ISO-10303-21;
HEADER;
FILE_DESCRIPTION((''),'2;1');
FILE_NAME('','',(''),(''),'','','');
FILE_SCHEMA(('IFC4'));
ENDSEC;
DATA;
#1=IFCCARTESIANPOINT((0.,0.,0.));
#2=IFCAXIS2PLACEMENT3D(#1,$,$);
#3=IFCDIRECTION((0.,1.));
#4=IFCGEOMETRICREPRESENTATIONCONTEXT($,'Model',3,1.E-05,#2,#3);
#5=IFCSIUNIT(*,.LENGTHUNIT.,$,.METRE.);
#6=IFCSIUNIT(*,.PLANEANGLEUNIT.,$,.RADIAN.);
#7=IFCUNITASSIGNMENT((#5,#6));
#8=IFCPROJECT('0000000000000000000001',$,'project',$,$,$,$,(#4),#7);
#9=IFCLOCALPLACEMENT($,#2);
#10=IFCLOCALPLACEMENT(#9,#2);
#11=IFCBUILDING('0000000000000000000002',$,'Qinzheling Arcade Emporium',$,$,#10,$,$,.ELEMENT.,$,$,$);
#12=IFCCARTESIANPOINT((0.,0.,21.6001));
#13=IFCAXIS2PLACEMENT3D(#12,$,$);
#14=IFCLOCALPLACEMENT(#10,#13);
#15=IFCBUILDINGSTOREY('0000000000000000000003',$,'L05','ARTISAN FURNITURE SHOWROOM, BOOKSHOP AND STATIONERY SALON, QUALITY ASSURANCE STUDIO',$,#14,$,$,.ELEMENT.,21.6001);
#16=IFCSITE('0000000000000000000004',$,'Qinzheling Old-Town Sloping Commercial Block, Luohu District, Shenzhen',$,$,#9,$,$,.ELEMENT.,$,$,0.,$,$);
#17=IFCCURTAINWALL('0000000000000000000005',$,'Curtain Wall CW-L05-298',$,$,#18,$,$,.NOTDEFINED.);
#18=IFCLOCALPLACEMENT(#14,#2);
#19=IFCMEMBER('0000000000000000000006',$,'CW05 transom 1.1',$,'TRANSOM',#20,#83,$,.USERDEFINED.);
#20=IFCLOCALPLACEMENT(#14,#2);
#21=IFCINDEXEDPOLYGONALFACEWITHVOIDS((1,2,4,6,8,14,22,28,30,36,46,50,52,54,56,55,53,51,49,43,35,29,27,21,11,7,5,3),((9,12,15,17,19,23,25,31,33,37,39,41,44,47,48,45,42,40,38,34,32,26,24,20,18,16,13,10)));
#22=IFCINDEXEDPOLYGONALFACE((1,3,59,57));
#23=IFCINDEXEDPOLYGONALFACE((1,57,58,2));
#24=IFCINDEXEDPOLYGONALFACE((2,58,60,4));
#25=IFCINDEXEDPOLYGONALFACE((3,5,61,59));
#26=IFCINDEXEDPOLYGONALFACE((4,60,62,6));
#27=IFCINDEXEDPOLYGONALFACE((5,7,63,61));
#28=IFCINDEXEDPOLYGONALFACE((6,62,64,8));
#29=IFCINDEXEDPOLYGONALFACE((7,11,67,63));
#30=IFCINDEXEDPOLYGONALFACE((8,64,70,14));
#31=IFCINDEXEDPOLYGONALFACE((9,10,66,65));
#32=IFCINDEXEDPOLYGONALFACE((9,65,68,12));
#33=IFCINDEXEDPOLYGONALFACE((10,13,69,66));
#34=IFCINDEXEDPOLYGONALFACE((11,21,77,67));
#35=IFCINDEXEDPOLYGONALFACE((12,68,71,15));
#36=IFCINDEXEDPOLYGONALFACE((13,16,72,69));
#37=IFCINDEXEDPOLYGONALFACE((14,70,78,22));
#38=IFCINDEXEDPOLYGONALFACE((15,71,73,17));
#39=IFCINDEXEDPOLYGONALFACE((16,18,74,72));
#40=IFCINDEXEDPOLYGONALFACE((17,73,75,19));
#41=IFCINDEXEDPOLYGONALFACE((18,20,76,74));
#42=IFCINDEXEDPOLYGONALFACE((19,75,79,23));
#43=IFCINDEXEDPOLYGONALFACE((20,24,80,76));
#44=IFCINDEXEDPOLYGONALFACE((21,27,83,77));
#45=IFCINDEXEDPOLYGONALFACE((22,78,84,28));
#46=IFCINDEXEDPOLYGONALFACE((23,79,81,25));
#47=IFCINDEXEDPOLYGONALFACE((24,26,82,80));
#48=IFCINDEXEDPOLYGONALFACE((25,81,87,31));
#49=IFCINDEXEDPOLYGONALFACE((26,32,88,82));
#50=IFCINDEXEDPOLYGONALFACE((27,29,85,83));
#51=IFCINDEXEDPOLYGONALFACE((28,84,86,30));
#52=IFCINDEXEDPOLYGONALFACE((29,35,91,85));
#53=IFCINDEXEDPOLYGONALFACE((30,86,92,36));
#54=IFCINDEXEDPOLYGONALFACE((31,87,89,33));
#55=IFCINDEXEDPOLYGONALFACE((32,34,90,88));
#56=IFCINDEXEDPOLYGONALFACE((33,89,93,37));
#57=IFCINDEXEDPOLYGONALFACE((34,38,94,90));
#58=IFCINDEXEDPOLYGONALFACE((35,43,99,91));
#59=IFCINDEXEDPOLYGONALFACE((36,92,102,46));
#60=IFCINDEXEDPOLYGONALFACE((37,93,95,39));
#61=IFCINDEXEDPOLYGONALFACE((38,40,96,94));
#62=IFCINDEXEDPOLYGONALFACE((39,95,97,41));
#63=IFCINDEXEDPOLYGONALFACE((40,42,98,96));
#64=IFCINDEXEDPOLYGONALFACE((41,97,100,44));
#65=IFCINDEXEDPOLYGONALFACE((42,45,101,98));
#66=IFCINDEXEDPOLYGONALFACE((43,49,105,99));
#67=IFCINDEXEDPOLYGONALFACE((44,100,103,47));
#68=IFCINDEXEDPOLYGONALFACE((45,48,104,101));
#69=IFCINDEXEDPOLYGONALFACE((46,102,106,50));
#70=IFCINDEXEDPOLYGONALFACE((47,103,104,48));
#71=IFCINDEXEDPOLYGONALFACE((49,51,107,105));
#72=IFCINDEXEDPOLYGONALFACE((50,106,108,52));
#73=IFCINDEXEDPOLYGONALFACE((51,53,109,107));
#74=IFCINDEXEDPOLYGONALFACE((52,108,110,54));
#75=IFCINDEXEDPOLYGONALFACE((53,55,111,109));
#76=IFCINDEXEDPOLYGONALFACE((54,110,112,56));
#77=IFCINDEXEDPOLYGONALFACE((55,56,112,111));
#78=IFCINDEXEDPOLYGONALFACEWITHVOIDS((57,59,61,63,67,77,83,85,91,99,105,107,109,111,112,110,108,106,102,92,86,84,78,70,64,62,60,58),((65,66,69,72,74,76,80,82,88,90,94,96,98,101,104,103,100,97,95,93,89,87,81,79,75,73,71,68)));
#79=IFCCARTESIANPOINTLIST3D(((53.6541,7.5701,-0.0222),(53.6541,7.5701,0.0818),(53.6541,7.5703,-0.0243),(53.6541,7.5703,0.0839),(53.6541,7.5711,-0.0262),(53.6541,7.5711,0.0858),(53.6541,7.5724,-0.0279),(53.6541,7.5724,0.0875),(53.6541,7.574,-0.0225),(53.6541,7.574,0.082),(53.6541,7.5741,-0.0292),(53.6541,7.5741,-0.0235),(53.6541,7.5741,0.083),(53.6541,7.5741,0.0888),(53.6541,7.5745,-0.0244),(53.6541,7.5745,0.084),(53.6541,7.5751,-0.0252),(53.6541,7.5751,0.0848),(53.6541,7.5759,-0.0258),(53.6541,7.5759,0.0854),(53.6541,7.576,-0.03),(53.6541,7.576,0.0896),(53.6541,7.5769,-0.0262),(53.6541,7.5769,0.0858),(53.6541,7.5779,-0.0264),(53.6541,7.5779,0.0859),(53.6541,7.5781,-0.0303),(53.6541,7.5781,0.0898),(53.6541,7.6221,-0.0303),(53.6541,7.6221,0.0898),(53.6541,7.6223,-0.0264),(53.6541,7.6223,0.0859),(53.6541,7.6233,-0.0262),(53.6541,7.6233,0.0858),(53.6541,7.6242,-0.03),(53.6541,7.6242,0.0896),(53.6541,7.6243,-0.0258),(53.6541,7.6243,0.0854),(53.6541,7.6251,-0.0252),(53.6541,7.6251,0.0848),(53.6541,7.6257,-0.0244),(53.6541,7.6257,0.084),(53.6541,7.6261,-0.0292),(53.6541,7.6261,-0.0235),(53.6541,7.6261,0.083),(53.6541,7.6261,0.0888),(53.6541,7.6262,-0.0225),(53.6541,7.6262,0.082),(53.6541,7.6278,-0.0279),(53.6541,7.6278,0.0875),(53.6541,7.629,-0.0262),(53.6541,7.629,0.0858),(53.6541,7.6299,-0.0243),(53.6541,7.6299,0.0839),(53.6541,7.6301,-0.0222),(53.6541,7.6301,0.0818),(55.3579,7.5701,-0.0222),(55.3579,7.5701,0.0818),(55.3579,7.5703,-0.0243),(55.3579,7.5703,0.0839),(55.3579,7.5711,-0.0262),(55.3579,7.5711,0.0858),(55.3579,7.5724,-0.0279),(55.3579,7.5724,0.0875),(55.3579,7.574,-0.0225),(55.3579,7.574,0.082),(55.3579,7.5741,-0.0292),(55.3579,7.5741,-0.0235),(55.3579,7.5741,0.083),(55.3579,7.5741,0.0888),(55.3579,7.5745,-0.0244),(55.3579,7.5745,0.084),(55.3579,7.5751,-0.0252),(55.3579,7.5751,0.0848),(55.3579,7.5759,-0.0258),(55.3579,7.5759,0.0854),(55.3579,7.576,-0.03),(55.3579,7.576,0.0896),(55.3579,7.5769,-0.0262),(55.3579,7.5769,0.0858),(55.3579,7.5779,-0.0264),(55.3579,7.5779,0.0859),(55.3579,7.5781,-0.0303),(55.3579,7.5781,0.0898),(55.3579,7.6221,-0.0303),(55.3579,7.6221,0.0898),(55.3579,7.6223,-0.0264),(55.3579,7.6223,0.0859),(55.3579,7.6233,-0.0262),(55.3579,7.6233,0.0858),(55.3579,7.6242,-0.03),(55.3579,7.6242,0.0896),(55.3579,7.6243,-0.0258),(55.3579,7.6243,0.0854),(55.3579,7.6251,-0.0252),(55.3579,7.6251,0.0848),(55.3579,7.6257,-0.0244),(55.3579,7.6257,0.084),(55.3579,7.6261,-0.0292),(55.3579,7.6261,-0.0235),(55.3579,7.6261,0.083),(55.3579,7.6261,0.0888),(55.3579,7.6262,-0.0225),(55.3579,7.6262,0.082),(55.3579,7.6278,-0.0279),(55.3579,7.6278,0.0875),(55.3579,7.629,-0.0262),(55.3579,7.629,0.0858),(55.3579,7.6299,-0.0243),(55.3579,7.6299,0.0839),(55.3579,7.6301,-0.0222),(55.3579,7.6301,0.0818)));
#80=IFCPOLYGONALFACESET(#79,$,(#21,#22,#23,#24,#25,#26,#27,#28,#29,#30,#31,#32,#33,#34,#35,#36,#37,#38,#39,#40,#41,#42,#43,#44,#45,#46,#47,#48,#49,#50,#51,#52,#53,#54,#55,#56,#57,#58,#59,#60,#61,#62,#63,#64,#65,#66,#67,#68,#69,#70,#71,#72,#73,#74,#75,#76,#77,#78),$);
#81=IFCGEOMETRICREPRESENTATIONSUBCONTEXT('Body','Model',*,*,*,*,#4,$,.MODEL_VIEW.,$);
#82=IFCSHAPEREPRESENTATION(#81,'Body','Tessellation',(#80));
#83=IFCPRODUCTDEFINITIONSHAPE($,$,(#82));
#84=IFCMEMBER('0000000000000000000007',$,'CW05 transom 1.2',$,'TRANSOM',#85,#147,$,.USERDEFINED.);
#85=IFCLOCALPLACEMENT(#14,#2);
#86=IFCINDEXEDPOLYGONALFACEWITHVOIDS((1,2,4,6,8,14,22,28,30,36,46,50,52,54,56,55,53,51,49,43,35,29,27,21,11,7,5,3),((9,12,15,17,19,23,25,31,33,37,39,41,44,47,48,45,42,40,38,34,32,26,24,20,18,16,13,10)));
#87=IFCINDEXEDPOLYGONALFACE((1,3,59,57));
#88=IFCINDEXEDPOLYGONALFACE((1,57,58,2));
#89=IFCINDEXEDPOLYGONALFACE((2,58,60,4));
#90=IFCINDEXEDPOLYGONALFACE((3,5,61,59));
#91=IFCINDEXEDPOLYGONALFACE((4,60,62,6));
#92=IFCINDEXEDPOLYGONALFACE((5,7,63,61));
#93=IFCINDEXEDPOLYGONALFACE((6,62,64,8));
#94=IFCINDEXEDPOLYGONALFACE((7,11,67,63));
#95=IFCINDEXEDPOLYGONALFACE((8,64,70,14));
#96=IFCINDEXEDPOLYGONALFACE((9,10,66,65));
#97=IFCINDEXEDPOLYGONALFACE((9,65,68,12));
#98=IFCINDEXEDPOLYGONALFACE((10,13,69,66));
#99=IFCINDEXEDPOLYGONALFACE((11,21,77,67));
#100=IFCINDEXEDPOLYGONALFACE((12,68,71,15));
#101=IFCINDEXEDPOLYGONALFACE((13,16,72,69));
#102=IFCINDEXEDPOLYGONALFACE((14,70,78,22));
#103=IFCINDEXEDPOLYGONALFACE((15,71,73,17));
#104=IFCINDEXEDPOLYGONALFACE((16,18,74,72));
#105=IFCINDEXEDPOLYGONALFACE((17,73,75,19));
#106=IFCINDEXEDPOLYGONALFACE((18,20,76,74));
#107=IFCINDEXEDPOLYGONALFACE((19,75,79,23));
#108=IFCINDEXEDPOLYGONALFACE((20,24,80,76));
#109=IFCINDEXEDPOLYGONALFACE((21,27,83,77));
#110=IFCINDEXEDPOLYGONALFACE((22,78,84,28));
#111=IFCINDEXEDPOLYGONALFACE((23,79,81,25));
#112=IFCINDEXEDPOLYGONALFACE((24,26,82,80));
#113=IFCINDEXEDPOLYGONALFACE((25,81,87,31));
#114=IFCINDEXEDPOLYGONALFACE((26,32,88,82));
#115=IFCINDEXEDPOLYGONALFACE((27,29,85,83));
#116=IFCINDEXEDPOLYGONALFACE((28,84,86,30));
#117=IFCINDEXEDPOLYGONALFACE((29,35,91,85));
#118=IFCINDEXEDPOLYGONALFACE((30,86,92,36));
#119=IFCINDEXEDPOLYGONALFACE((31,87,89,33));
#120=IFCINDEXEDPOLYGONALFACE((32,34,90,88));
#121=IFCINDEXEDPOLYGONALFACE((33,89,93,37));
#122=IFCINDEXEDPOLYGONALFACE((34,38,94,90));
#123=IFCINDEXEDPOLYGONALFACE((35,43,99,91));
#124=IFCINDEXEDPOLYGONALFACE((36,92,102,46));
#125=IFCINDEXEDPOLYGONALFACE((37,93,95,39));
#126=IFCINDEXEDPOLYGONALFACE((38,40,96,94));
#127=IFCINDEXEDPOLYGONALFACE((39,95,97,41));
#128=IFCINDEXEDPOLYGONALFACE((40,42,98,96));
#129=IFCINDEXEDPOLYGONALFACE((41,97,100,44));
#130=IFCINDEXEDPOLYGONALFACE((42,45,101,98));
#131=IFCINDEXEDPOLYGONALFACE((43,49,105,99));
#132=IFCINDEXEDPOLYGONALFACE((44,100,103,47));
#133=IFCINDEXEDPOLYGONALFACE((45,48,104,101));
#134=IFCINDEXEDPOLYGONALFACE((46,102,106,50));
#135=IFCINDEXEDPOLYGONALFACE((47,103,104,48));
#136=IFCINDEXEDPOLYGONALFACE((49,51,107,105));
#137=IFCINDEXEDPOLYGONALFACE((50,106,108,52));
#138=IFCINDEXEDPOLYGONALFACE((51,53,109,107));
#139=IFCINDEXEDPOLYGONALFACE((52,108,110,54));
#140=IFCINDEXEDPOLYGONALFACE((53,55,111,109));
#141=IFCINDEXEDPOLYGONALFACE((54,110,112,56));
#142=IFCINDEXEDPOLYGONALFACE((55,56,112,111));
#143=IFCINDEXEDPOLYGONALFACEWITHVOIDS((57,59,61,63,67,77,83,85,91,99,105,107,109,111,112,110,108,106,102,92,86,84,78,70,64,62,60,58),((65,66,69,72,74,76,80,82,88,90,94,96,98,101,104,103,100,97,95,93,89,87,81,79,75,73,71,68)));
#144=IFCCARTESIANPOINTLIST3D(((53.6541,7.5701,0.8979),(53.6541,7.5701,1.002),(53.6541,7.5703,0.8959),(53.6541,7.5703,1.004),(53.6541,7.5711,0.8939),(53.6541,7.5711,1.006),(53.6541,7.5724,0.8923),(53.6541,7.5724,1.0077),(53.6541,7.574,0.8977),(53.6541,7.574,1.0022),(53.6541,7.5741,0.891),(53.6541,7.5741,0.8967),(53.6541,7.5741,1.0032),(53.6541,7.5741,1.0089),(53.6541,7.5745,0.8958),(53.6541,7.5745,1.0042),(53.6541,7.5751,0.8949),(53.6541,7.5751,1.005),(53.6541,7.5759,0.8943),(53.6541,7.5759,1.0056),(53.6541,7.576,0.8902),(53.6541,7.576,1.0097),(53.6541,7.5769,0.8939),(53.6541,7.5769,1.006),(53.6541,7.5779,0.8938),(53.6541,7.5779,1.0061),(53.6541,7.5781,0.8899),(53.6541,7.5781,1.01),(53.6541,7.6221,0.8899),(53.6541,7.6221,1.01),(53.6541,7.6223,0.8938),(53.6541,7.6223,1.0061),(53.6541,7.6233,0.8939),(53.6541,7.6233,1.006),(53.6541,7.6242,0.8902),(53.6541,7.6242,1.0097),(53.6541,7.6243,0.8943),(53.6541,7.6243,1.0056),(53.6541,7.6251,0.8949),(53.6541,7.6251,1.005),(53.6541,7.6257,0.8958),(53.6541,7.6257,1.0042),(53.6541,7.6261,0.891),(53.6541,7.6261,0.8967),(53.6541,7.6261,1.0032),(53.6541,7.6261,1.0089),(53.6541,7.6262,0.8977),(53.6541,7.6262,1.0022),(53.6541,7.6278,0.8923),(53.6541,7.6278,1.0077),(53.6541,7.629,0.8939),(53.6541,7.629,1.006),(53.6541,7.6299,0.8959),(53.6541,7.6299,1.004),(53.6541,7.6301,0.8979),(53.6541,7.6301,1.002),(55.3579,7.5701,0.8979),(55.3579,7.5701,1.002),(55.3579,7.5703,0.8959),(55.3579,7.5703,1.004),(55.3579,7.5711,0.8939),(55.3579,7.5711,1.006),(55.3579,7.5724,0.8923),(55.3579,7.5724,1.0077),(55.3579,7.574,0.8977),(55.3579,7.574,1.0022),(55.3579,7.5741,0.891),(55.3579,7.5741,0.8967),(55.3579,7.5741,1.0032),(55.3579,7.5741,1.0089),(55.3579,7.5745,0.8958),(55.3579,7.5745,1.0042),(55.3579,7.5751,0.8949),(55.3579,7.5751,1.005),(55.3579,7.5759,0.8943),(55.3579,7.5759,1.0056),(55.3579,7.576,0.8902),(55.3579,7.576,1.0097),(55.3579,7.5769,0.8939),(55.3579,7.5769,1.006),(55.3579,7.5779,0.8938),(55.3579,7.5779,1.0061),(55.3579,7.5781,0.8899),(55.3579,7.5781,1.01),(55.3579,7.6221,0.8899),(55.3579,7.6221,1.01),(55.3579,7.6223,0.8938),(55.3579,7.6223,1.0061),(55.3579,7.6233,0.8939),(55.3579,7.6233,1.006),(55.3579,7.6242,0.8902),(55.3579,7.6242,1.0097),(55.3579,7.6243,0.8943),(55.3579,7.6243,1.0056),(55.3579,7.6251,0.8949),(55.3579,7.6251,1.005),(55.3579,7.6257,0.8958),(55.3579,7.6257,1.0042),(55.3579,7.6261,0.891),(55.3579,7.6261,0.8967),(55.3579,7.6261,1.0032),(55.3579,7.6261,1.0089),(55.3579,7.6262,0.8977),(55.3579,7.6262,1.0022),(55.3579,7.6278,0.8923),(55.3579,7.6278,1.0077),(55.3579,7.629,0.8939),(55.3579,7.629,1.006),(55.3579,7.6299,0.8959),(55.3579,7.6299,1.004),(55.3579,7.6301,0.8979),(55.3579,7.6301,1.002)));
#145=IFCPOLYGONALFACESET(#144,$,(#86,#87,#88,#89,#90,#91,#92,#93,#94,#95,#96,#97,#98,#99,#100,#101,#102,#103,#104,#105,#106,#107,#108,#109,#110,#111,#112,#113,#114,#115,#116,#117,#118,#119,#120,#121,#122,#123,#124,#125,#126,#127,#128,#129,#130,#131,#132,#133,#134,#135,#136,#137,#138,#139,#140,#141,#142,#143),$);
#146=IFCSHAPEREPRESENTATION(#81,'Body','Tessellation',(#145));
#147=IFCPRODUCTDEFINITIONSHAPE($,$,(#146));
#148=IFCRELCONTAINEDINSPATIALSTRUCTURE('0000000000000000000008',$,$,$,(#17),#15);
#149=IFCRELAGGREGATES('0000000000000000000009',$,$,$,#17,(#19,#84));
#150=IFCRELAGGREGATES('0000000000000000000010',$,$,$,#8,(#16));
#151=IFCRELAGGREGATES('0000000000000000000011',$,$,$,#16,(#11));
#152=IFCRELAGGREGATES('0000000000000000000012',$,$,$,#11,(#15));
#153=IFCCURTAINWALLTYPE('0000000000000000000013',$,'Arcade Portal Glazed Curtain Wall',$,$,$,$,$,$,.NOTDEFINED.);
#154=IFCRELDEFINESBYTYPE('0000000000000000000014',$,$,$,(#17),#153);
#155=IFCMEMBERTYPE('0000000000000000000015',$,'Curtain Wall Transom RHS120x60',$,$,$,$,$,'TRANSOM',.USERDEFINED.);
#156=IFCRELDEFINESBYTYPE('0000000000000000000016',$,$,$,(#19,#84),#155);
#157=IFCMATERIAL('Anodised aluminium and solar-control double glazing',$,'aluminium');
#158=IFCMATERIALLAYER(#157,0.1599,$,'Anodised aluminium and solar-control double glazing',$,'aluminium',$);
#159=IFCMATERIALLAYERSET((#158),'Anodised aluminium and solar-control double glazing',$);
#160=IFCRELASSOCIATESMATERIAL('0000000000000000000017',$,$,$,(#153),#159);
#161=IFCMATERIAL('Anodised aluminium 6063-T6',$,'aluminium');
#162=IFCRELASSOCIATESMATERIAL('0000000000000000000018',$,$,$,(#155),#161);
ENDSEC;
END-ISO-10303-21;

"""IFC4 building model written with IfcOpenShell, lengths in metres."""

from ifc_helpers import new_model, si_unit, direction, frame, origin, origin_2d, place, context, subcontext, project, spatial, hollow_rectangle, extrude, material, layer, layer_set, material_profile, profile_set, type_object, element, aggregate, save


model = new_model("IFC4")

# Units and contexts
model_context = context("Model", 3, precision=1e-05, world=origin(), true_north=direction((0.0, 1.0)))
body_context = subcontext(model_context, "Body", "Model", "MODEL_VIEW")
ifc_project = project(units=[si_unit("LENGTHUNIT", "METRE"), si_unit("PLANEANGLEUNIT", "RADIAN")], contexts=[model_context])

# Site, building, storey
site_placement = place(None, origin())
site = spatial("IfcSite", under=ifc_project, at=site_placement, Name="Qinzheling Old-Town Sloping Commercial Block, Luohu District, Shenzhen", CompositionType="ELEMENT", RefElevation=0.0)
building_placement = place(site_placement, origin())
building = spatial("IfcBuilding", under=site, at=building_placement, Name="Qinzheling Arcade Emporium", CompositionType="ELEMENT")
storey_placement = place(building_placement, frame((0.0, 0.0, 21.6001)))
storey = spatial("IfcBuildingStorey", under=building, at=storey_placement, Name="L05", Description="ARTISAN FURNITURE SHOWROOM, BOOKSHOP AND STATIONERY SALON, QUALITY ASSURANCE STUDIO", CompositionType="ELEMENT", Elevation=21.6001)

# Curtain wall, members
ifc_material_1 = material(Name="Anodised aluminium and solar-control double glazing", Category="aluminium")
ifc_layer_1 = layer(ifc_material_1, 0.1599, Name="Anodised aluminium and solar-control double glazing", Category="aluminium")
ifc_layer_set_1 = layer_set([ifc_layer_1], Name="Anodised aluminium and solar-control double glazing")
curtain_wall_type = type_object("IfcCurtainWallType", Name="Arcade Portal Glazed Curtain Wall", PredefinedType="NOTDEFINED", material=ifc_layer_set_1)
curtain_wall_placement = place(storey_placement, origin())
curtain_wall = element("IfcCurtainWall", 1, at=curtain_wall_placement, inside=storey, type_object=curtain_wall_type, Name="Curtain Wall CW-L05-298", PredefinedType="NOTDEFINED")
ifc_material_2 = material(Name="Anodised aluminium 6063-T6", Category="aluminium")
ifc_material_profile_1 = material_profile(ifc_material_2, hollow_rectangle(XDim=0.0601, YDim=0.1201, WallThickness=0.0039, InnerFilletRadius=0.0039, OuterFilletRadius=0.0081, at=origin_2d()), Name="RHS 120x60x4", Category="aluminium")
ifc_profile_set_1 = profile_set([ifc_material_profile_1], Name="Anodised aluminium 6063-T6")
member_type_1 = type_object("IfcMemberType", Name="Curtain Wall Transom RHS120x60", ElementType="TRANSOM", PredefinedType="USERDEFINED", material=ifc_profile_set_1)
member_1_placement = place(storey_placement, frame((55.3579, 7.6001, 0.0298), z_axis=(-1.0, 0.0, 0.0), x_axis=(0.0, -1.0, 0.0)))
member_1 = element("IfcMember", 2, at=member_1_placement, type_object=member_type_1, Name="CW05 transom 1.1", ObjectType="TRANSOM", PredefinedType="USERDEFINED", context=body_context, shape_type="SweptSolid", body=[
    extrude(hollow_rectangle(XDim=0.0601, YDim=0.1201, WallThickness=0.0039, InnerFilletRadius=0.0039, OuterFilletRadius=0.0081, at=origin_2d()), origin(), (0.0, 0.0, 1.0), 1.7039),
])
member_2_placement = place(storey_placement, frame((55.3579, 7.6001, 0.95), z_axis=(-1.0, 0.0, 0.0), x_axis=(0.0, -1.0, 0.0)))
member_2 = element("IfcMember", 3, at=member_2_placement, type_object=member_type_1, Name="CW05 transom 1.2", ObjectType="TRANSOM", PredefinedType="USERDEFINED", context=body_context, shape_type="SweptSolid", body=[
    extrude(hollow_rectangle(XDim=0.0601, YDim=0.1201, WallThickness=0.0039, InnerFilletRadius=0.0039, OuterFilletRadius=0.0081, at=origin_2d()), origin(), (0.0, 0.0, 1.0), 1.7039),
])

aggregate(curtain_wall, [member_1, member_2])

save(model, "model.ifc")
